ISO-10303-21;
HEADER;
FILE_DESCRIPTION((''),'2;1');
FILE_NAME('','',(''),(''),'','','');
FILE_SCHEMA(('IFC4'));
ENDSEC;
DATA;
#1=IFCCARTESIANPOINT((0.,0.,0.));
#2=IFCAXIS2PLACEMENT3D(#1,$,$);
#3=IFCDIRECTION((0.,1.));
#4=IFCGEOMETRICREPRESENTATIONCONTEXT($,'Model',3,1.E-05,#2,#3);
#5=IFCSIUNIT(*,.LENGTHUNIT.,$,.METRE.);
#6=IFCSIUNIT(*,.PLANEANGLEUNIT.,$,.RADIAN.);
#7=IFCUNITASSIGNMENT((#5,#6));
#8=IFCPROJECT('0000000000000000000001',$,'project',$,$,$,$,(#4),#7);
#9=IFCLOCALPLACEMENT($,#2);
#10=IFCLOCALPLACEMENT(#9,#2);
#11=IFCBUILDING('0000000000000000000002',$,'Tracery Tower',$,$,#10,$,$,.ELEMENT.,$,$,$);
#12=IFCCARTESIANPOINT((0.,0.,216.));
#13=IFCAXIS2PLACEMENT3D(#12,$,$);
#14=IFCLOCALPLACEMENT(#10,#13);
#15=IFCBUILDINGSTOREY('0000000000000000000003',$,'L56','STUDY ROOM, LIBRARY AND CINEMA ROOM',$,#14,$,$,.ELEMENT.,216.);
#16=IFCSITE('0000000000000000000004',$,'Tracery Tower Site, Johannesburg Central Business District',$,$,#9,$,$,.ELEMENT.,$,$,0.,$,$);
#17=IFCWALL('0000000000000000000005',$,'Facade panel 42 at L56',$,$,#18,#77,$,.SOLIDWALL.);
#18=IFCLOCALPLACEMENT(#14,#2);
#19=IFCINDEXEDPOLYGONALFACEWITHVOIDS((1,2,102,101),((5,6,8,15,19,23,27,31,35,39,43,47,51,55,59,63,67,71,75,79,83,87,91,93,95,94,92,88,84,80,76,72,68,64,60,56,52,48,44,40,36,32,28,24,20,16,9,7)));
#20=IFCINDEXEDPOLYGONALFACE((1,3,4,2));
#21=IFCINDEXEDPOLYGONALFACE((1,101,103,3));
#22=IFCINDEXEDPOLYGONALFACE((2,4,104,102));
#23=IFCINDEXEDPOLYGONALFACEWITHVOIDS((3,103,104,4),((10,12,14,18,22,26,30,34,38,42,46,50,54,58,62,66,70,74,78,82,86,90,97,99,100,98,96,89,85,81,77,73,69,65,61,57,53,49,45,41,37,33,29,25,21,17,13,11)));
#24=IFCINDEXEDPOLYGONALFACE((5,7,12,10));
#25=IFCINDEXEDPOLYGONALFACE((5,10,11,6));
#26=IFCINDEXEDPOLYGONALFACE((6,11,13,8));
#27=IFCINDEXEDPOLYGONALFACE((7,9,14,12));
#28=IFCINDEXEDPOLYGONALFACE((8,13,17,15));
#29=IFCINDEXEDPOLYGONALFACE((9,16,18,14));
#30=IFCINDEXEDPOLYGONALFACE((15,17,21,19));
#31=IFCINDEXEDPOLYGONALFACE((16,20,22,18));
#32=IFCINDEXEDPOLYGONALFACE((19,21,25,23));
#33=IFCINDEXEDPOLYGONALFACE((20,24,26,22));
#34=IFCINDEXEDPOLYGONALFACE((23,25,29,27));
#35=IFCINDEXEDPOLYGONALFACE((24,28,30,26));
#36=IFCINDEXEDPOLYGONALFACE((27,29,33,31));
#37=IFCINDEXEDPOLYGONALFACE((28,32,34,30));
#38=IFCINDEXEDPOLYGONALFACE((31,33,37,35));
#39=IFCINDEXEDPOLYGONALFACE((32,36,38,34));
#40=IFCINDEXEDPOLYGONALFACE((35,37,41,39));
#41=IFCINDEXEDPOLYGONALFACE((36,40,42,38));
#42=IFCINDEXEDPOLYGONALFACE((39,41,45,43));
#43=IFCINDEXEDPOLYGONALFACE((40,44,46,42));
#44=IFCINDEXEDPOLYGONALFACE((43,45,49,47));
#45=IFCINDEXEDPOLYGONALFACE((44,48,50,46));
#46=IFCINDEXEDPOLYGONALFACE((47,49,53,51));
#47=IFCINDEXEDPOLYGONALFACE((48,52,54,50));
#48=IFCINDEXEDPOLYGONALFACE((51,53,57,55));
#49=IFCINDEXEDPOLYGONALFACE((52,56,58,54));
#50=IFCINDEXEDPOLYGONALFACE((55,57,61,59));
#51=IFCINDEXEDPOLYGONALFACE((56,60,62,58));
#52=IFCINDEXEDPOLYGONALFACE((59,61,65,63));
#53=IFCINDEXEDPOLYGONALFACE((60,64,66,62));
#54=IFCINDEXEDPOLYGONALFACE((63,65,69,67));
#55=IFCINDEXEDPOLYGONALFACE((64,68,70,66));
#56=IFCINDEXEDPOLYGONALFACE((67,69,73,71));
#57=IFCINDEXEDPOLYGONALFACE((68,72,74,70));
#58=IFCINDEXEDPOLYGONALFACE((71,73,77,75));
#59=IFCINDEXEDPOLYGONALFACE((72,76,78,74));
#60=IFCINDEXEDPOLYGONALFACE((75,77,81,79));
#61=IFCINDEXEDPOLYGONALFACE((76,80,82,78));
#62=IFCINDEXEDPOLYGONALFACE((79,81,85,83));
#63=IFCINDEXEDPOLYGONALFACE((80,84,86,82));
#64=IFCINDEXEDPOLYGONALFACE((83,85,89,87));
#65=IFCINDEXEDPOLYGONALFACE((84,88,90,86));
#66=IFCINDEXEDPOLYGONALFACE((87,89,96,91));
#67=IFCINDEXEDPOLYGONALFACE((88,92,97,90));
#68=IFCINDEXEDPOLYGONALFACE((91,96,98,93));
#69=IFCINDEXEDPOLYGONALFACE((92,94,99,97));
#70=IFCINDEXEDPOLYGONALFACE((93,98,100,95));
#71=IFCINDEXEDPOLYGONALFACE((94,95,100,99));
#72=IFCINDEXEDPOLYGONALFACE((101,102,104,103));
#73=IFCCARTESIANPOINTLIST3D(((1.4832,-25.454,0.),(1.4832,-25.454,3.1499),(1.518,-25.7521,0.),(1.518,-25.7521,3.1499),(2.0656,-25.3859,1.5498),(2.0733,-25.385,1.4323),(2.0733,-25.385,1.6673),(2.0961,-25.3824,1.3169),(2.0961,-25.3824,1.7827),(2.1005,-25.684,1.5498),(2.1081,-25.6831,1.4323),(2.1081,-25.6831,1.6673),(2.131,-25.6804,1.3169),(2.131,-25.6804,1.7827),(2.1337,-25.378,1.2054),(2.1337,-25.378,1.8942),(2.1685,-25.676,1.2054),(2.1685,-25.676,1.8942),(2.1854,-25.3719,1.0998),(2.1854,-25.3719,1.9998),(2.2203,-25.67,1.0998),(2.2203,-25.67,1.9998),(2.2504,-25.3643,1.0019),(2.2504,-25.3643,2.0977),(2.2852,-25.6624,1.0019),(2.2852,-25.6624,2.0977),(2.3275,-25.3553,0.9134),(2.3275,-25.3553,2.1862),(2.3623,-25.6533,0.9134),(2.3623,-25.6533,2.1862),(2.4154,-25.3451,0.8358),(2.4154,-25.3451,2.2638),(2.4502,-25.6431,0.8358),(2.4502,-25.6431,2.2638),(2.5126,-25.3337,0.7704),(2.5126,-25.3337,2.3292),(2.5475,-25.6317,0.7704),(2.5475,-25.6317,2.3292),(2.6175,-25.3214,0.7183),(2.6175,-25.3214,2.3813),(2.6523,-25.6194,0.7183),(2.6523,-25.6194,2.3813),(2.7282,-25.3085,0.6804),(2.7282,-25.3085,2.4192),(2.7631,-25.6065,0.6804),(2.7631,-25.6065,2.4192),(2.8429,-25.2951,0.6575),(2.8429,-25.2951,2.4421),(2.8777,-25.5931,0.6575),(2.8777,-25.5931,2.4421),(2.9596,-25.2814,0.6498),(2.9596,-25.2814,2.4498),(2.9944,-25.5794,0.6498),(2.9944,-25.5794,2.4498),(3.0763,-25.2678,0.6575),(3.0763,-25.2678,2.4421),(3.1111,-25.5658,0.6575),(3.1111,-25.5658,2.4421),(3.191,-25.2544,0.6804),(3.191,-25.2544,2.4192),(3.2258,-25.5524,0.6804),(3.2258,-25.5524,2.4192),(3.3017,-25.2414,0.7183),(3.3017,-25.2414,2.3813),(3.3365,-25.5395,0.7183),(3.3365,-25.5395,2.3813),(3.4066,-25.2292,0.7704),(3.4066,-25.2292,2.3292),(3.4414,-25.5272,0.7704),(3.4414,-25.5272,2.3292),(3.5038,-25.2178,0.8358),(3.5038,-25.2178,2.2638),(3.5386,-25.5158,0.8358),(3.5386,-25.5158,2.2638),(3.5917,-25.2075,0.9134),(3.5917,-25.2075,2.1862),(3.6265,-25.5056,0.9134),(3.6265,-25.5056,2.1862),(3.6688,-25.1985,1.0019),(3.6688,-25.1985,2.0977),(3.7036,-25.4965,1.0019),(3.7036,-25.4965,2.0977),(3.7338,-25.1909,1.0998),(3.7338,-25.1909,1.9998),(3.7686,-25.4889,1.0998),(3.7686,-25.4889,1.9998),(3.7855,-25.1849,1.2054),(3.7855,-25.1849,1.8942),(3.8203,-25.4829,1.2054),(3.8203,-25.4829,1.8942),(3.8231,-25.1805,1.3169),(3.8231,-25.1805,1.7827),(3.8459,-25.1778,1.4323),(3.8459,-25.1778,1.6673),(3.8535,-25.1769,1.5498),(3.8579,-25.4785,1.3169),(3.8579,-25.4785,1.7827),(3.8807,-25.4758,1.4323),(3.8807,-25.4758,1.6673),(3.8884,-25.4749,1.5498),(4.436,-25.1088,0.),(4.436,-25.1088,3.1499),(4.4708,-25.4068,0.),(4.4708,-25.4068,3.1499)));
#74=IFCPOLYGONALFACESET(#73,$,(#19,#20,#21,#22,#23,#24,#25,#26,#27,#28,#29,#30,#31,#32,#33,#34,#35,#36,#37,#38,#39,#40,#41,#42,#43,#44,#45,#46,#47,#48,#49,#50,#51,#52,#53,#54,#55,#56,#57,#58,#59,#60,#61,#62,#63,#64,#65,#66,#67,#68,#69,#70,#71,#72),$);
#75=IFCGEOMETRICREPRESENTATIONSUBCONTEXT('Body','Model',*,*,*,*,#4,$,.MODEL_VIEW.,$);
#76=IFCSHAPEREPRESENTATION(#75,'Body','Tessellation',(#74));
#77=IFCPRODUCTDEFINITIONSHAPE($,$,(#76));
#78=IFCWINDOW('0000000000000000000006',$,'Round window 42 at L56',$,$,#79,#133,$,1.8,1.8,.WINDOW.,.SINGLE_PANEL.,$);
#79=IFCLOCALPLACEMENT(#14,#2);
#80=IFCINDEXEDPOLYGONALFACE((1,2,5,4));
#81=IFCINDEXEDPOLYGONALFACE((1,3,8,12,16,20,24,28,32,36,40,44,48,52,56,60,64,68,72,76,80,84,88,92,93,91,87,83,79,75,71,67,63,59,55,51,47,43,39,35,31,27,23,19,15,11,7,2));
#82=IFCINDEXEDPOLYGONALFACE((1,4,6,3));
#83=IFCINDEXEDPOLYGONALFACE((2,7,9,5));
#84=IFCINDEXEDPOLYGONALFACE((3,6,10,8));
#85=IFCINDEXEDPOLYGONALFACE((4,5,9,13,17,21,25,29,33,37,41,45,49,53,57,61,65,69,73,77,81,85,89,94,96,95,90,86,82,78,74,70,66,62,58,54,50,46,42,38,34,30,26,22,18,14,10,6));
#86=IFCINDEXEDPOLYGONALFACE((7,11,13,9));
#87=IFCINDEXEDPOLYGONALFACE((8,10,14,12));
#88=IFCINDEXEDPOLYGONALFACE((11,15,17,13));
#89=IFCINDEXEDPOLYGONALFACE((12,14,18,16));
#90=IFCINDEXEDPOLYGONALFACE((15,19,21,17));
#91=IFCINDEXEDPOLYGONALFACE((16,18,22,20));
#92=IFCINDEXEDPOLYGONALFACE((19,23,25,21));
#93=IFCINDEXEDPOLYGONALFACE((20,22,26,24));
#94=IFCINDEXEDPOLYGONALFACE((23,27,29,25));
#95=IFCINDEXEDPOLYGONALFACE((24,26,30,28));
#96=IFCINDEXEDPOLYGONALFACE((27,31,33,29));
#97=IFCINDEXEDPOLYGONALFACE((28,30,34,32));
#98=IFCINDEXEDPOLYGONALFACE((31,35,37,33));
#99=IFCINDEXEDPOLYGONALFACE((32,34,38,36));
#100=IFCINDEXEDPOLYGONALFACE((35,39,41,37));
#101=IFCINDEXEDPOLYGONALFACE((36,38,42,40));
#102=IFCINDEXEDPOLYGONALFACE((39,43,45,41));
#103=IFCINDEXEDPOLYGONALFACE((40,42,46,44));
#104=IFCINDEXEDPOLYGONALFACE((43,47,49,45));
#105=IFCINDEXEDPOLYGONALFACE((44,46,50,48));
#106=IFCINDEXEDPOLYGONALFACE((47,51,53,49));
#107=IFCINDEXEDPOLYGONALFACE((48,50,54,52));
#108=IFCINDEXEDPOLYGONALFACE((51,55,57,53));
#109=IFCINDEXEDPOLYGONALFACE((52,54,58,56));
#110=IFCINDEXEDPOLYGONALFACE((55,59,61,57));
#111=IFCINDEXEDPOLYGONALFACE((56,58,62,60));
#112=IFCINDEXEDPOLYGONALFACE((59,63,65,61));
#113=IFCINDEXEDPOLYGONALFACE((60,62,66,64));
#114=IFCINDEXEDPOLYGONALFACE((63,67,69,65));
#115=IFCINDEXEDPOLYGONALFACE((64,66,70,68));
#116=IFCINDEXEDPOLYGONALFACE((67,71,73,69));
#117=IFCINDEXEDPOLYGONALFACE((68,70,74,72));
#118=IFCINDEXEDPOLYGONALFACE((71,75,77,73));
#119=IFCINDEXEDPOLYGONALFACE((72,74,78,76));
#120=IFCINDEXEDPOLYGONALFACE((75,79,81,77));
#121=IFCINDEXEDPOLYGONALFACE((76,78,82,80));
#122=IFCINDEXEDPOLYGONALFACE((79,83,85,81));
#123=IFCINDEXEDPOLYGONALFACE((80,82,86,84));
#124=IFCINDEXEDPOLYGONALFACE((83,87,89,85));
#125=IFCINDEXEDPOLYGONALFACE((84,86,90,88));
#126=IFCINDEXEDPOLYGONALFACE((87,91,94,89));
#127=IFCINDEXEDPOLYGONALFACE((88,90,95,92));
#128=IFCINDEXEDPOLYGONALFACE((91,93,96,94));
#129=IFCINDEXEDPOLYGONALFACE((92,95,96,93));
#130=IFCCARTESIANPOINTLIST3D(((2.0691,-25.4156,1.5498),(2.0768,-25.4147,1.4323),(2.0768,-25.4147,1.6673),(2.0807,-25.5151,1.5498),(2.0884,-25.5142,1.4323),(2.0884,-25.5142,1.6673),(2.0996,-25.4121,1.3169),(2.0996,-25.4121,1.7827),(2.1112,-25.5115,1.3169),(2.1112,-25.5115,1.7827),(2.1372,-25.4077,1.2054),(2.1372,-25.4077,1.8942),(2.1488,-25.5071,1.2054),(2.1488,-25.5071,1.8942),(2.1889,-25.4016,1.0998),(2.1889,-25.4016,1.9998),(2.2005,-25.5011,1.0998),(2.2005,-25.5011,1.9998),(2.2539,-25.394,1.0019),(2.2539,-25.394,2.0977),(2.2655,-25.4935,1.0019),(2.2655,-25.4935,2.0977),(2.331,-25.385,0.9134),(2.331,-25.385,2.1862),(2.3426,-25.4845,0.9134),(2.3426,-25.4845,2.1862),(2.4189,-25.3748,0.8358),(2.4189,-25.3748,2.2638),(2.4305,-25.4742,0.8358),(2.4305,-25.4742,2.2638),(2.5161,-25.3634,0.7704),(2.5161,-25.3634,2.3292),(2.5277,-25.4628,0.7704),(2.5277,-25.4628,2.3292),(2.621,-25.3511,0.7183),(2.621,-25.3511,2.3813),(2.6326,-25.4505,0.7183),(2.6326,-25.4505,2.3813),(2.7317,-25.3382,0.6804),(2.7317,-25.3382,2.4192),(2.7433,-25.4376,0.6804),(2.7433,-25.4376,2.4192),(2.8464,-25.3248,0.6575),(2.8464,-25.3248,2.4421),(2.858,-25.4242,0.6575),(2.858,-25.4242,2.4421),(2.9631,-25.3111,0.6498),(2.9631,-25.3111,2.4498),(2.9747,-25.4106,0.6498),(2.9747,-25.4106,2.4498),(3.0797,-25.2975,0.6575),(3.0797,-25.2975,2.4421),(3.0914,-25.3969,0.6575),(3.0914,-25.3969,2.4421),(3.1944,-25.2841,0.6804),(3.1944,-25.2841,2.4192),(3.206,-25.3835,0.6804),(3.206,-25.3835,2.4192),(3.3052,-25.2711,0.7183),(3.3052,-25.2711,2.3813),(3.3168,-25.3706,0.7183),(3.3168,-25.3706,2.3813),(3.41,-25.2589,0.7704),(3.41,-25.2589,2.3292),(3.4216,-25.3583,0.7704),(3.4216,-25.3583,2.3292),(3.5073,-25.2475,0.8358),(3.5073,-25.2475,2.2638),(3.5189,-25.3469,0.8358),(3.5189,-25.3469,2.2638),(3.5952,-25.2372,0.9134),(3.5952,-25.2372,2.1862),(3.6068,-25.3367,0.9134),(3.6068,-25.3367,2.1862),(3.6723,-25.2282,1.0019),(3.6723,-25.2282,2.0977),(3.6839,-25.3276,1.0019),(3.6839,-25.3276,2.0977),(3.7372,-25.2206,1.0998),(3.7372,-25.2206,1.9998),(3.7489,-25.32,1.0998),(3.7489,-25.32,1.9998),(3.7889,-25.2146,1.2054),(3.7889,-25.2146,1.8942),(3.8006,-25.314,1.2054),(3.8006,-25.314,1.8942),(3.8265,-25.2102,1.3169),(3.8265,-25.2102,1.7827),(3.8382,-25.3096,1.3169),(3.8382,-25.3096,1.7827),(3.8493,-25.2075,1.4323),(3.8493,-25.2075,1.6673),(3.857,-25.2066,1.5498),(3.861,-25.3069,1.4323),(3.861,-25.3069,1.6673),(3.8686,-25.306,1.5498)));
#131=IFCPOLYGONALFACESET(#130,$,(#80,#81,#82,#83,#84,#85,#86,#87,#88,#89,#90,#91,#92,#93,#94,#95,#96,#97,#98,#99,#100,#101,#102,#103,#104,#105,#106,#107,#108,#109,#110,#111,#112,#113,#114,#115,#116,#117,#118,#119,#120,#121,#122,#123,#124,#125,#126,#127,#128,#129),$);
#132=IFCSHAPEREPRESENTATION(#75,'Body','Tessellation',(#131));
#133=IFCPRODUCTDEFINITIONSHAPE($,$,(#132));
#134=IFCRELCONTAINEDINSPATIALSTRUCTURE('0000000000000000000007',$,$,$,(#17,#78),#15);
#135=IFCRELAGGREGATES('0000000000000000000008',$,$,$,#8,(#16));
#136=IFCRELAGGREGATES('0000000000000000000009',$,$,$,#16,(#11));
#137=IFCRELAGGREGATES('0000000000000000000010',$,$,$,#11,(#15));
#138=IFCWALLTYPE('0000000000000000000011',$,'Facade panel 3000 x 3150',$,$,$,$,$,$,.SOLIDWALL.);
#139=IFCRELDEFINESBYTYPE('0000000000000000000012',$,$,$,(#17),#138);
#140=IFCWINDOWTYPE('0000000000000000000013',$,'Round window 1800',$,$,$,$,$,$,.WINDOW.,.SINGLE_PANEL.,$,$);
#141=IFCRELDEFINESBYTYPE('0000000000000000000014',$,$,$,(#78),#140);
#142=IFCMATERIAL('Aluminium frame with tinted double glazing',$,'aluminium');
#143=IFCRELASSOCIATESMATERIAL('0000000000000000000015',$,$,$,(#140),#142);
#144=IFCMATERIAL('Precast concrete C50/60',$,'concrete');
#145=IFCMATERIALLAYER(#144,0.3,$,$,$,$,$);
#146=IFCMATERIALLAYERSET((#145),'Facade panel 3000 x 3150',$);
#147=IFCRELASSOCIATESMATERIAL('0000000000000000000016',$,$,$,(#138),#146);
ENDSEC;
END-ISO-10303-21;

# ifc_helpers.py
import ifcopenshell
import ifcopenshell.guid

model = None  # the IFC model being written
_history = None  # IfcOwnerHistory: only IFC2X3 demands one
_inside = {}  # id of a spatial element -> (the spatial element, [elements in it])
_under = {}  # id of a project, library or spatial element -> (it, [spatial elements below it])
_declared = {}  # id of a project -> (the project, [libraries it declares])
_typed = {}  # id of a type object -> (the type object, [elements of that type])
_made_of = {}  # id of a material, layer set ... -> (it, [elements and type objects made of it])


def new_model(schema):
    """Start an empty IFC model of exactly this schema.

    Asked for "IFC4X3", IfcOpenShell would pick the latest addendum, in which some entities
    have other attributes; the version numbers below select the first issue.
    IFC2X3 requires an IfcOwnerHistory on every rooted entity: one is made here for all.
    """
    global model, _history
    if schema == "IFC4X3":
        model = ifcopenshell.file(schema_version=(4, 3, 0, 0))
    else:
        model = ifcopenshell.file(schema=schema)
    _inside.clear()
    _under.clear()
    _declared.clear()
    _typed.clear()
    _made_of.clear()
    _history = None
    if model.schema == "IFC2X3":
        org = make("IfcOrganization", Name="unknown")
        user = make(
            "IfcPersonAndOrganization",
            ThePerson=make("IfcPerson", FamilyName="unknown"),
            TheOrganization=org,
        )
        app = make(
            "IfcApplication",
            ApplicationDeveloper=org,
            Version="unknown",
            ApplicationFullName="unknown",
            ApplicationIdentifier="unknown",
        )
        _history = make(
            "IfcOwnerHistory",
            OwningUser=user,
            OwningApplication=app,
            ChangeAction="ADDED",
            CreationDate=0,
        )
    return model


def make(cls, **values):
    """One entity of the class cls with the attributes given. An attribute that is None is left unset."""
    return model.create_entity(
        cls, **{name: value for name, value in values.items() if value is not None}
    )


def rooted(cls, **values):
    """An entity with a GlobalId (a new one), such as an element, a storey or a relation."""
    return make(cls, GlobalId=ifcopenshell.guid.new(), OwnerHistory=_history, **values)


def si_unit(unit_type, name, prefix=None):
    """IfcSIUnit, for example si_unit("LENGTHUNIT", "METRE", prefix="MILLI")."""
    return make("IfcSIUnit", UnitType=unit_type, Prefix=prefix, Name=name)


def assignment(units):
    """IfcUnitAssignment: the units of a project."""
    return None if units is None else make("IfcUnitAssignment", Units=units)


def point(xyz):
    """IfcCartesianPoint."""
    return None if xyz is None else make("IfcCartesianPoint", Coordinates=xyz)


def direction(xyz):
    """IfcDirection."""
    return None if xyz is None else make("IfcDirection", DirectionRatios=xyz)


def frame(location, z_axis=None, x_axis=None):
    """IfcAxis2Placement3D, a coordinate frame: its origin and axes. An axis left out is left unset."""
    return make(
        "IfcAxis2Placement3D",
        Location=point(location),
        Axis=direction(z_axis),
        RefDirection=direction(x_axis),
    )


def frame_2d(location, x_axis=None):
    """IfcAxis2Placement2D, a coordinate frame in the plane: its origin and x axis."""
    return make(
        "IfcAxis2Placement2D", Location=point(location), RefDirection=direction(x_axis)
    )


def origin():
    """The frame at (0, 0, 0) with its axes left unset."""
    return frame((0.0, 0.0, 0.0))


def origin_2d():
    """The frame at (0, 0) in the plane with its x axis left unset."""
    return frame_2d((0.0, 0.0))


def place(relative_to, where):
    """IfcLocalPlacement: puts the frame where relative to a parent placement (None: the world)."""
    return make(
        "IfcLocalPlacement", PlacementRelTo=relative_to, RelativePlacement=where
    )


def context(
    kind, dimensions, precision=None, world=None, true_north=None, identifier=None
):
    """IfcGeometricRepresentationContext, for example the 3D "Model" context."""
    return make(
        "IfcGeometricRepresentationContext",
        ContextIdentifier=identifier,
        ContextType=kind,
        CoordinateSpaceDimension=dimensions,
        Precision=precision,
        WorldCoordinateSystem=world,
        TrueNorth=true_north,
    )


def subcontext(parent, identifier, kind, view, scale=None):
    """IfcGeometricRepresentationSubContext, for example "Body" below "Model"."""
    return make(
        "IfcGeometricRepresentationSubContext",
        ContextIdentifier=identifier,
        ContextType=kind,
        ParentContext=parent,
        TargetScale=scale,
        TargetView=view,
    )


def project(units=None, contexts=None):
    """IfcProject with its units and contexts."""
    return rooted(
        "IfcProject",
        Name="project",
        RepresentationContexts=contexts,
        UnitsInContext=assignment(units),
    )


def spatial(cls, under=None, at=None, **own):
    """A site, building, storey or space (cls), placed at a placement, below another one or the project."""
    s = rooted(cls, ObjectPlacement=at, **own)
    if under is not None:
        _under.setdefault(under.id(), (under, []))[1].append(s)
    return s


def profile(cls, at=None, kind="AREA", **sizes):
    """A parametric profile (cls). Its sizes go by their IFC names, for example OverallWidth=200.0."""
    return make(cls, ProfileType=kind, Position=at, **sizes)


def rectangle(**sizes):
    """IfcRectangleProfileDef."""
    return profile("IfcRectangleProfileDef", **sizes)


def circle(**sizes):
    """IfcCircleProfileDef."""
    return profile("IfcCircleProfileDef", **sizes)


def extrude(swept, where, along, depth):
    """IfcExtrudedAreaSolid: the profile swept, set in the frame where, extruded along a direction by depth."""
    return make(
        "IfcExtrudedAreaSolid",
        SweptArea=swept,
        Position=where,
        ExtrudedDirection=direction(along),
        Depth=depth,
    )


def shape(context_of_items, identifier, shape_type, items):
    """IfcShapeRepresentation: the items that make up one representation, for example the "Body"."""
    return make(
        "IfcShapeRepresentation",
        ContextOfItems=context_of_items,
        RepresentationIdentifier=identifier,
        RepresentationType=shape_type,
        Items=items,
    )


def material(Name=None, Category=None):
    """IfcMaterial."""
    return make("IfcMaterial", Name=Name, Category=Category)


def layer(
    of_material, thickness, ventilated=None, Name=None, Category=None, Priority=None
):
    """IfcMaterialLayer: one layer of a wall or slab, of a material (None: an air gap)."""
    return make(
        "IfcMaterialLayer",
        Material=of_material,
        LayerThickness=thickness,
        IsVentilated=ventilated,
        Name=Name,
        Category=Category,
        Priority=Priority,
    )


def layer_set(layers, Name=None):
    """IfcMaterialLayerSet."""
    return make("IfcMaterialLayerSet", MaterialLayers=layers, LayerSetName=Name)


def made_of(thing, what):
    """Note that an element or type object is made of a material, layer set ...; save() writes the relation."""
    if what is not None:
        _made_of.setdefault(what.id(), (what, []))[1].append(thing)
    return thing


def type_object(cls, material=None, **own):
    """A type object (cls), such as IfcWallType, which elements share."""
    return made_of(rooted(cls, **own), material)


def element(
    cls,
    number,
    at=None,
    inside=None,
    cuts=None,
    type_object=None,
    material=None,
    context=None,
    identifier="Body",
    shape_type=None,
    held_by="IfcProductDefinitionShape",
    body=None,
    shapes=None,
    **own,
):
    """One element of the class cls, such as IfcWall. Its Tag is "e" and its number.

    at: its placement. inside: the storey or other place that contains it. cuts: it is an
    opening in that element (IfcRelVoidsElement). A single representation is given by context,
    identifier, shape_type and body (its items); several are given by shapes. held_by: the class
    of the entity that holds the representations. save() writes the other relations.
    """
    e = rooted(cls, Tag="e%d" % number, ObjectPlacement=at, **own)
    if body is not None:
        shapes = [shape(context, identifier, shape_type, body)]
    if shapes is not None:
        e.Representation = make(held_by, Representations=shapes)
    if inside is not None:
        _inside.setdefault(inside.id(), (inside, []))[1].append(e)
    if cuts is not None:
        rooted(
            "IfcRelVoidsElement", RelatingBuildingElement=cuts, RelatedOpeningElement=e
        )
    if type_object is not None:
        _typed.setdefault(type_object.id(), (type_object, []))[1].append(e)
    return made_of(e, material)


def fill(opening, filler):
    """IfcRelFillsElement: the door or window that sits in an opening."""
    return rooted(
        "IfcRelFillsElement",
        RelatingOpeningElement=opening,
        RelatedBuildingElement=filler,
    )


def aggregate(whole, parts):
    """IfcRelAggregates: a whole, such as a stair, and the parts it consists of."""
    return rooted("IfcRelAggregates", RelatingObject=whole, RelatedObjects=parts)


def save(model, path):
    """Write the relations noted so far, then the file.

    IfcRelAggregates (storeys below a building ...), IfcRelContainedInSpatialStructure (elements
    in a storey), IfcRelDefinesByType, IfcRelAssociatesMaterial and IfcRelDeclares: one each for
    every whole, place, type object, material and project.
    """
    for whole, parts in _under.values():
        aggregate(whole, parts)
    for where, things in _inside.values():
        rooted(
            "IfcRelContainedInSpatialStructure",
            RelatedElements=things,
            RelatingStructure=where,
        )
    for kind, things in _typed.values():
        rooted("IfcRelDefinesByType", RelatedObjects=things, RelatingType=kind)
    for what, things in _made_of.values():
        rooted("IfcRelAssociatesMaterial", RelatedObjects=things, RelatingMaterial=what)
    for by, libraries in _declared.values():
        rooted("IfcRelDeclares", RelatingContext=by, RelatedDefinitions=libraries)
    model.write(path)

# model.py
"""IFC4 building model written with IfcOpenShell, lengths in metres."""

from ifc_helpers import new_model, si_unit, direction, frame, frame_2d, origin, origin_2d, place, context, subcontext, project, spatial, rectangle, circle, extrude, material, layer, layer_set, type_object, element, fill, save


model = new_model("IFC4")

# Units and contexts
model_context = context("Model", 3, precision=1e-05, world=origin(), true_north=direction((0.0, 1.0)))
body_context = subcontext(model_context, "Body", "Model", "MODEL_VIEW")
ifc_project = project(units=[si_unit("LENGTHUNIT", "METRE"), si_unit("PLANEANGLEUNIT", "RADIAN")], contexts=[model_context])

# Site, building, storey
site_placement = place(None, origin())
site = spatial("IfcSite", under=ifc_project, at=site_placement, Name="Tracery Tower Site, Johannesburg Central Business District", CompositionType="ELEMENT", RefElevation=0.0)
building_placement = place(site_placement, origin())
building = spatial("IfcBuilding", under=site, at=building_placement, Name="Tracery Tower", CompositionType="ELEMENT")
storey_placement = place(building_placement, frame((0.0, 0.0, 216.0)))
storey = spatial("IfcBuildingStorey", under=building, at=storey_placement, Name="L56", Description="STUDY ROOM, LIBRARY AND CINEMA ROOM", CompositionType="ELEMENT", Elevation=216.0)

# Wall, opening, window
ifc_material_1 = material(Name="Aluminium frame with tinted double glazing", Category="aluminium")
window_type = type_object("IfcWindowType", Name="Round window 1800", PartitioningType="SINGLE_PANEL", PredefinedType="WINDOW", material=ifc_material_1)
ifc_material_2 = material(Name="Precast concrete C50/60", Category="concrete")
ifc_layer_1 = layer(ifc_material_2, 0.3)
ifc_layer_set_1 = layer_set([ifc_layer_1], Name="Facade panel 3000 x 3150")
wall_type_1 = type_object("IfcWallType", Name="Facade panel 3000 x 3150", PredefinedType="SOLIDWALL", material=ifc_layer_set_1)
wall_1_placement = place(storey_placement, frame((1.5007, -25.603, 0.0), z_axis=(0.0, 0.0, 1.0), x_axis=(0.993236, 0.116117, 0.0)))
wall_1 = element("IfcWall", 1, at=wall_1_placement, inside=storey, type_object=wall_type_1, Name="Facade panel 42 at L56", PredefinedType="SOLIDWALL", context=body_context, shape_type="SweptSolid", body=[
    extrude(rectangle(XDim=2.9729, YDim=0.3, at=frame_2d((1.4863, 0.0))), origin(), (0.0, 0.0, 1.0), 3.1499),
])
opening_1_placement = place(wall_1_placement, frame((1.4863, 0.0, 1.5498)))
opening_1 = element("IfcOpeningElement", 2, at=opening_1_placement, cuts=wall_1, PredefinedType="OPENING", context=body_context, shape_type="SweptSolid", body=[
    extrude(circle(Radius=0.9, at=origin_2d()), frame((0.0, 0.1599, 0.0), z_axis=(0.0, -1.0, 0.0), x_axis=(1.0, 0.0, 0.0)), (0.0, 0.0, 1.0), 0.3201),
])
window_1_placement = place(opening_1_placement, origin())
window_1 = element("IfcWindow", 3, at=window_1_placement, inside=storey, type_object=window_type, Name="Round window 42 at L56", OverallHeight=1.8, OverallWidth=1.8, PartitioningType="SINGLE_PANEL", PredefinedType="WINDOW", context=body_context, shape_type="SweptSolid", body=[
    extrude(circle(Radius=0.9, at=origin_2d()), frame((0.0, 0.1201, 0.0), z_axis=(0.0, -1.0, 0.0), x_axis=(1.0, 0.0, 0.0)), (0.0, 0.0, 1.0), 0.1001),
])
fill(opening_1, window_1)

save(model, "model.ifc")
